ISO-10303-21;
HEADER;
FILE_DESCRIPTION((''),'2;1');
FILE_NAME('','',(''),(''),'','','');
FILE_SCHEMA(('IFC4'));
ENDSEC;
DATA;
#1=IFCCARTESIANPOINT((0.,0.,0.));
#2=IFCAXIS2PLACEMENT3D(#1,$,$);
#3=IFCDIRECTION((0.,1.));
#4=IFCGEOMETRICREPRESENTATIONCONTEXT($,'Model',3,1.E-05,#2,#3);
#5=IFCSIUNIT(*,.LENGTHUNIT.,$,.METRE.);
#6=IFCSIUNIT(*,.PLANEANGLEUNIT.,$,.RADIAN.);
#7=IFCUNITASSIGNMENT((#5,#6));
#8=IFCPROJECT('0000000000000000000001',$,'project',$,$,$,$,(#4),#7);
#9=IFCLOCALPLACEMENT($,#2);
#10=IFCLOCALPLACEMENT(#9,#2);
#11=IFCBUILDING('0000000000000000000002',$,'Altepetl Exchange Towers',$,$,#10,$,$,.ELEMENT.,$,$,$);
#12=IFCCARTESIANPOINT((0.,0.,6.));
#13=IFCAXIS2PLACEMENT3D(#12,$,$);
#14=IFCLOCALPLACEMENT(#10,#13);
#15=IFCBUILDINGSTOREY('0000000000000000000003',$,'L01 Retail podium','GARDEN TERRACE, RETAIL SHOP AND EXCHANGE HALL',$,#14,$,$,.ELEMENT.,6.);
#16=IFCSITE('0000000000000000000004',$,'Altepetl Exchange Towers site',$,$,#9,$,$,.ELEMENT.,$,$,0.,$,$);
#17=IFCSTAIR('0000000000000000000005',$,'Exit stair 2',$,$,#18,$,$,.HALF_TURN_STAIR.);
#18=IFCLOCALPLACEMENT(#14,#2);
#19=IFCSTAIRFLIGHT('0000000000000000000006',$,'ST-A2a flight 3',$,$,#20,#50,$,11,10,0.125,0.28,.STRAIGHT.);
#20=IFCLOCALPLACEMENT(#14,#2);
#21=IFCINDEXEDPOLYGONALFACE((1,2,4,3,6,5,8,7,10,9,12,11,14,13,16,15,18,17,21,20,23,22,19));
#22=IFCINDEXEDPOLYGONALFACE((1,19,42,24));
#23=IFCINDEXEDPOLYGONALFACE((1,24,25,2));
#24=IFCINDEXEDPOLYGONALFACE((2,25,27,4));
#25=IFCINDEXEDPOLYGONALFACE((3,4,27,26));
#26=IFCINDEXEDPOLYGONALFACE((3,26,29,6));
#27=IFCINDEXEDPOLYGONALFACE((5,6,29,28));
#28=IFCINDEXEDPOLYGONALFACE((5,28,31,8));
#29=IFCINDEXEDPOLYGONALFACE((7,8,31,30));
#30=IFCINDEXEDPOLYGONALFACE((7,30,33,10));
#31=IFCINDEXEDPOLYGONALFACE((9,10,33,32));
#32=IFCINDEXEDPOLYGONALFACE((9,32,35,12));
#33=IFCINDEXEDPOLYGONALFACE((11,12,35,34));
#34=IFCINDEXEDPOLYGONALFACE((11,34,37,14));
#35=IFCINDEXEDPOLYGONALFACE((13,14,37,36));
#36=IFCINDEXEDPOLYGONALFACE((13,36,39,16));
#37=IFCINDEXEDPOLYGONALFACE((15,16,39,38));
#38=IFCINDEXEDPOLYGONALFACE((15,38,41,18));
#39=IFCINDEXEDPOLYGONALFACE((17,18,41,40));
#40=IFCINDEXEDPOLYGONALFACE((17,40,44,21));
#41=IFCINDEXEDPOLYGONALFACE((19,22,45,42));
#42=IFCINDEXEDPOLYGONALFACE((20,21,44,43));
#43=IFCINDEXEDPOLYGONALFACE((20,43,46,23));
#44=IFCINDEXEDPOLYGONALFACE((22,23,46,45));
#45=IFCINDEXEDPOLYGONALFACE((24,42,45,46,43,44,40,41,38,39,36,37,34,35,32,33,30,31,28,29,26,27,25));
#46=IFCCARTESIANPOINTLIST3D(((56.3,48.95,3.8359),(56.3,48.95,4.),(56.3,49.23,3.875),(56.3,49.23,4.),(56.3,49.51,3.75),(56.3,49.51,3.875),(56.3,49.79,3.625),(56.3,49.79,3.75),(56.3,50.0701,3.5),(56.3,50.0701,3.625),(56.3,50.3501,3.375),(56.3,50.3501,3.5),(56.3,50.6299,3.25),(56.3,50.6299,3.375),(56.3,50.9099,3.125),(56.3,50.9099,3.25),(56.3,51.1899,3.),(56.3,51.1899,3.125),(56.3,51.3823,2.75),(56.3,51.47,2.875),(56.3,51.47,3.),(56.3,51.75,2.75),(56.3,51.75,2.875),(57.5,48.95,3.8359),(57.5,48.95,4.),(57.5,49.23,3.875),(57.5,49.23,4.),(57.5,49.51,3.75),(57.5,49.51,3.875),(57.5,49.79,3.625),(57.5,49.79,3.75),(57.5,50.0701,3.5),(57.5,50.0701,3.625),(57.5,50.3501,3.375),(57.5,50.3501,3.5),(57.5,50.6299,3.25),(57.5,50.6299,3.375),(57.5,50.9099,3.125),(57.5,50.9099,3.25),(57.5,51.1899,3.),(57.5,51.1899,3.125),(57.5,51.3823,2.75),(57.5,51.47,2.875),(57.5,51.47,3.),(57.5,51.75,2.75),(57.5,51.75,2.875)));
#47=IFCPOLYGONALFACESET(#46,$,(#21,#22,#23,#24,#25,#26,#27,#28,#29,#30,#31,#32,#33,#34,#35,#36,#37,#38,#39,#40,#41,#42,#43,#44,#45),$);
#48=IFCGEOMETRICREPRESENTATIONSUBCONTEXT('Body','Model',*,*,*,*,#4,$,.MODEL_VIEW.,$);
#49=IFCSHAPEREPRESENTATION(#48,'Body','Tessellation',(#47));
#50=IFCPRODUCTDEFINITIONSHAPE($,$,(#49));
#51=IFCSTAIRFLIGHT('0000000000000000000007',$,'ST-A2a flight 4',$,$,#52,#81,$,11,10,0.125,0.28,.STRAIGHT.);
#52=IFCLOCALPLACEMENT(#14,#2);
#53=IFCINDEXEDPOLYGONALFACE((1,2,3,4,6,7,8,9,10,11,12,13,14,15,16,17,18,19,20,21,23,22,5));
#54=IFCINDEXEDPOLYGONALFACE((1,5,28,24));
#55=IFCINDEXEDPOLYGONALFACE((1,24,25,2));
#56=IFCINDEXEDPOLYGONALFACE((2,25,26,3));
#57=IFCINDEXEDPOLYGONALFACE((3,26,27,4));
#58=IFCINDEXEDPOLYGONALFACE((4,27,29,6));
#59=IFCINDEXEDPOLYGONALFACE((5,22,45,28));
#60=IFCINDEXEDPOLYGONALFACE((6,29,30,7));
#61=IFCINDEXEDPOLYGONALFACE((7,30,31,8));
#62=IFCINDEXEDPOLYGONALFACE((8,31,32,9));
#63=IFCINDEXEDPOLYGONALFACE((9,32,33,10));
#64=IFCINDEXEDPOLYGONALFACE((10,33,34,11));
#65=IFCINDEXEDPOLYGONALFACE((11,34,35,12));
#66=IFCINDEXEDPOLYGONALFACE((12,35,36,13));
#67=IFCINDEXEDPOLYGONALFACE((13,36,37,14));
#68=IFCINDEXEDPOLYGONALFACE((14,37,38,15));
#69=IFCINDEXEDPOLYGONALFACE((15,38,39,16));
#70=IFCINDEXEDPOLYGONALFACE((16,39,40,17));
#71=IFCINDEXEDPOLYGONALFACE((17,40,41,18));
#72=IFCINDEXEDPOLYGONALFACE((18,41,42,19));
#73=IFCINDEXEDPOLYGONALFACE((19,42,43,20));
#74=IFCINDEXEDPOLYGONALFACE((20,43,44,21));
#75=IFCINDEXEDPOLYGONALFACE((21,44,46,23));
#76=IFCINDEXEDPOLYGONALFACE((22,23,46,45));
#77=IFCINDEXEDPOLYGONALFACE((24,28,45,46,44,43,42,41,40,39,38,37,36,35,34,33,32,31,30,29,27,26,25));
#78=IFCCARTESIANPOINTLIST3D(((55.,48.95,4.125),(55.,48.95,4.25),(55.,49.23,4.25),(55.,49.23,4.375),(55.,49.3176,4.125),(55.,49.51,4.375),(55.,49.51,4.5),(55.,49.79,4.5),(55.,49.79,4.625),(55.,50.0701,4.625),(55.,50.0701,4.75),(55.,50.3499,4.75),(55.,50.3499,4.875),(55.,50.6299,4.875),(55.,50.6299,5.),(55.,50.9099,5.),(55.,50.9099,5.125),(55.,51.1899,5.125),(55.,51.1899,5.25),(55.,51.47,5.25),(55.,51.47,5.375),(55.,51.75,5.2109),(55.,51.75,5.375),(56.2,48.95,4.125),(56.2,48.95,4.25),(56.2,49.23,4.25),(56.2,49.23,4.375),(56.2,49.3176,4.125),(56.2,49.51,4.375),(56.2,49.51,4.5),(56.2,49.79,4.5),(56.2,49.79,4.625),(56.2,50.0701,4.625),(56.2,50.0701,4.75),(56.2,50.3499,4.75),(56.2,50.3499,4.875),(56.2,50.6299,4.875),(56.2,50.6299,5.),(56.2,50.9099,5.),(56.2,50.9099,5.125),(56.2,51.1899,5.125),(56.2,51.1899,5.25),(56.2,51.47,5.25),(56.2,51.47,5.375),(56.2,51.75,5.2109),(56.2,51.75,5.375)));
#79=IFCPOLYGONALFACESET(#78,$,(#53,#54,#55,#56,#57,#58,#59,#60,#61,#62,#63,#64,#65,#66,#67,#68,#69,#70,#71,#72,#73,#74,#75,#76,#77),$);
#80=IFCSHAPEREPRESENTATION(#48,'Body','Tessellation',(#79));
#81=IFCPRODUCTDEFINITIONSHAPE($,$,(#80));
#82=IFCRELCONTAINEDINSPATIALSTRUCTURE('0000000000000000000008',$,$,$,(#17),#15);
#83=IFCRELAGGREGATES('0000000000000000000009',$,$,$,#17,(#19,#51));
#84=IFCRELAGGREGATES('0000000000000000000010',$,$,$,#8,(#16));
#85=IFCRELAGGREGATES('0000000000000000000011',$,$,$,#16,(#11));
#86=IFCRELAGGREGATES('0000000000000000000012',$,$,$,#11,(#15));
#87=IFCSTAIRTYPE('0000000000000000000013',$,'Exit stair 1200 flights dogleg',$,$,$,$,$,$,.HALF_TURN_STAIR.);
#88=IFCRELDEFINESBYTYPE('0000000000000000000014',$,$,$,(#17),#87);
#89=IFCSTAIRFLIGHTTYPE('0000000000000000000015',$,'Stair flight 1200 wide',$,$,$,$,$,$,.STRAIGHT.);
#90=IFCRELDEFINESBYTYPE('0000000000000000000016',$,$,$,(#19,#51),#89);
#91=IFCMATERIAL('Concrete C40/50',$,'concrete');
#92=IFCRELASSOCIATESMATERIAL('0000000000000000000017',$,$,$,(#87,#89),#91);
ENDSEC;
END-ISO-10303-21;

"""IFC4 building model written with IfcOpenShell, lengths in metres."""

from ifc_helpers import new_model, si_unit, direction, frame, origin, place, context, subcontext, project, spatial, polyline, outline, extrude, material, type_object, element, aggregate, save


model = new_model("IFC4")

# Units and contexts
model_context = context("Model", 3, precision=1e-05, world=origin(), true_north=direction((0.0, 1.0)))
body_context = subcontext(model_context, "Body", "Model", "MODEL_VIEW")
ifc_project = project(units=[si_unit("LENGTHUNIT", "METRE"), si_unit("PLANEANGLEUNIT", "RADIAN")], contexts=[model_context])

# Site, building, storey
site_placement = place(None, origin())
site = spatial("IfcSite", under=ifc_project, at=site_placement, Name="Altepetl Exchange Towers site", CompositionType="ELEMENT", RefElevation=0.0)
building_placement = place(site_placement, origin())
building = spatial("IfcBuilding", under=site, at=building_placement, Name="Altepetl Exchange Towers", CompositionType="ELEMENT")
storey_placement = place(building_placement, frame((0.0, 0.0, 6.0)))
storey = spatial("IfcBuildingStorey", under=building, at=storey_placement, Name="L01 Retail podium", Description="GARDEN TERRACE, RETAIL SHOP AND EXCHANGE HALL", CompositionType="ELEMENT", Elevation=6.0)

# Shared definitions
ifc_material_1 = material(Name="Concrete C40/50", Category="concrete")

# Stair, stair flights
stair_type = type_object("IfcStairType", Name="Exit stair 1200 flights dogleg", PredefinedType="HALF_TURN_STAIR", material=ifc_material_1)
stair_placement = place(storey_placement, origin())
stair = element("IfcStair", 1, at=stair_placement, inside=storey, type_object=stair_type, Name="Exit stair 2", PredefinedType="HALF_TURN_STAIR")
stair_flight_type = type_object("IfcStairFlightType", Name="Stair flight 1200 wide", PredefinedType="STRAIGHT", material=ifc_material_1)
stair_flight_1_placement = place(storey_placement, frame((56.8999, 51.75, 2.75), z_axis=(0.0, 0.0, 1.0), x_axis=(0.0, -1.0, 0.0)))
stair_flight_1 = element("IfcStairFlight", 2, at=stair_flight_1_placement, type_object=stair_flight_type, Name="ST-A2a flight 3", NumberOfRisers=11, NumberOfTreads=10, PredefinedType="STRAIGHT", RiserHeight=0.125, TreadLength=0.28, context=body_context, shape_type="SweptSolid", body=[
    extrude(outline(polyline([(0.0, 0.0), (0.0, 0.125), (0.28, 0.125), (0.28, 0.25), (0.5601, 0.25), (0.5601, 0.375), (0.8401, 0.375), (0.8401, 0.5), (1.1201, 0.5), (1.1201, 0.625), (1.3999, 0.625), (1.3999, 0.75), (1.6799, 0.75), (1.6799, 0.875), (1.96, 0.875), (1.96, 1.0), (2.24, 1.0), (2.24, 1.125), (2.52, 1.125), (2.52, 1.25), (2.8, 1.25), (2.8, 1.375), (2.8, 1.0859), (0.3677, 0.0), (0.0, 0.0)])), frame((0.0, 0.6001, 0.0), z_axis=(0.0, -1.0, 0.0), x_axis=(1.0, 0.0, 0.0)), (0.0, 0.0, 1.0), 1.2),
])
stair_flight_2_placement = place(storey_placement, frame((55.6001, 48.95, 4.125), z_axis=(0.0, 0.0, 1.0), x_axis=(0.0, 1.0, 0.0)))
stair_flight_2 = element("IfcStairFlight", 3, at=stair_flight_2_placement, type_object=stair_flight_type, Name="ST-A2a flight 4", NumberOfRisers=11, NumberOfTreads=10, PredefinedType="STRAIGHT", RiserHeight=0.125, TreadLength=0.28, context=body_context, shape_type="SweptSolid", body=[
    extrude(outline(polyline([(0.0, 0.0), (0.0, 0.125), (0.28, 0.125), (0.28, 0.25), (0.5601, 0.25), (0.5601, 0.375), (0.8401, 0.375), (0.8401, 0.5), (1.1201, 0.5), (1.1201, 0.625), (1.3999, 0.625), (1.3999, 0.75), (1.6799, 0.75), (1.6799, 0.875), (1.96, 0.875), (1.96, 1.0), (2.24, 1.0), (2.24, 1.125), (2.52, 1.125), (2.52, 1.25), (2.8, 1.25), (2.8, 1.375), (2.8, 1.0859), (0.3677, 0.0), (0.0, 0.0)])), frame((0.0, 0.6001, 0.0), z_axis=(0.0, -1.0, 0.0), x_axis=(1.0, 0.0, 0.0)), (0.0, 0.0, 1.0), 1.2),
])
aggregate(stair, [stair_flight_1, stair_flight_2])

save(model, "model.ifc")
